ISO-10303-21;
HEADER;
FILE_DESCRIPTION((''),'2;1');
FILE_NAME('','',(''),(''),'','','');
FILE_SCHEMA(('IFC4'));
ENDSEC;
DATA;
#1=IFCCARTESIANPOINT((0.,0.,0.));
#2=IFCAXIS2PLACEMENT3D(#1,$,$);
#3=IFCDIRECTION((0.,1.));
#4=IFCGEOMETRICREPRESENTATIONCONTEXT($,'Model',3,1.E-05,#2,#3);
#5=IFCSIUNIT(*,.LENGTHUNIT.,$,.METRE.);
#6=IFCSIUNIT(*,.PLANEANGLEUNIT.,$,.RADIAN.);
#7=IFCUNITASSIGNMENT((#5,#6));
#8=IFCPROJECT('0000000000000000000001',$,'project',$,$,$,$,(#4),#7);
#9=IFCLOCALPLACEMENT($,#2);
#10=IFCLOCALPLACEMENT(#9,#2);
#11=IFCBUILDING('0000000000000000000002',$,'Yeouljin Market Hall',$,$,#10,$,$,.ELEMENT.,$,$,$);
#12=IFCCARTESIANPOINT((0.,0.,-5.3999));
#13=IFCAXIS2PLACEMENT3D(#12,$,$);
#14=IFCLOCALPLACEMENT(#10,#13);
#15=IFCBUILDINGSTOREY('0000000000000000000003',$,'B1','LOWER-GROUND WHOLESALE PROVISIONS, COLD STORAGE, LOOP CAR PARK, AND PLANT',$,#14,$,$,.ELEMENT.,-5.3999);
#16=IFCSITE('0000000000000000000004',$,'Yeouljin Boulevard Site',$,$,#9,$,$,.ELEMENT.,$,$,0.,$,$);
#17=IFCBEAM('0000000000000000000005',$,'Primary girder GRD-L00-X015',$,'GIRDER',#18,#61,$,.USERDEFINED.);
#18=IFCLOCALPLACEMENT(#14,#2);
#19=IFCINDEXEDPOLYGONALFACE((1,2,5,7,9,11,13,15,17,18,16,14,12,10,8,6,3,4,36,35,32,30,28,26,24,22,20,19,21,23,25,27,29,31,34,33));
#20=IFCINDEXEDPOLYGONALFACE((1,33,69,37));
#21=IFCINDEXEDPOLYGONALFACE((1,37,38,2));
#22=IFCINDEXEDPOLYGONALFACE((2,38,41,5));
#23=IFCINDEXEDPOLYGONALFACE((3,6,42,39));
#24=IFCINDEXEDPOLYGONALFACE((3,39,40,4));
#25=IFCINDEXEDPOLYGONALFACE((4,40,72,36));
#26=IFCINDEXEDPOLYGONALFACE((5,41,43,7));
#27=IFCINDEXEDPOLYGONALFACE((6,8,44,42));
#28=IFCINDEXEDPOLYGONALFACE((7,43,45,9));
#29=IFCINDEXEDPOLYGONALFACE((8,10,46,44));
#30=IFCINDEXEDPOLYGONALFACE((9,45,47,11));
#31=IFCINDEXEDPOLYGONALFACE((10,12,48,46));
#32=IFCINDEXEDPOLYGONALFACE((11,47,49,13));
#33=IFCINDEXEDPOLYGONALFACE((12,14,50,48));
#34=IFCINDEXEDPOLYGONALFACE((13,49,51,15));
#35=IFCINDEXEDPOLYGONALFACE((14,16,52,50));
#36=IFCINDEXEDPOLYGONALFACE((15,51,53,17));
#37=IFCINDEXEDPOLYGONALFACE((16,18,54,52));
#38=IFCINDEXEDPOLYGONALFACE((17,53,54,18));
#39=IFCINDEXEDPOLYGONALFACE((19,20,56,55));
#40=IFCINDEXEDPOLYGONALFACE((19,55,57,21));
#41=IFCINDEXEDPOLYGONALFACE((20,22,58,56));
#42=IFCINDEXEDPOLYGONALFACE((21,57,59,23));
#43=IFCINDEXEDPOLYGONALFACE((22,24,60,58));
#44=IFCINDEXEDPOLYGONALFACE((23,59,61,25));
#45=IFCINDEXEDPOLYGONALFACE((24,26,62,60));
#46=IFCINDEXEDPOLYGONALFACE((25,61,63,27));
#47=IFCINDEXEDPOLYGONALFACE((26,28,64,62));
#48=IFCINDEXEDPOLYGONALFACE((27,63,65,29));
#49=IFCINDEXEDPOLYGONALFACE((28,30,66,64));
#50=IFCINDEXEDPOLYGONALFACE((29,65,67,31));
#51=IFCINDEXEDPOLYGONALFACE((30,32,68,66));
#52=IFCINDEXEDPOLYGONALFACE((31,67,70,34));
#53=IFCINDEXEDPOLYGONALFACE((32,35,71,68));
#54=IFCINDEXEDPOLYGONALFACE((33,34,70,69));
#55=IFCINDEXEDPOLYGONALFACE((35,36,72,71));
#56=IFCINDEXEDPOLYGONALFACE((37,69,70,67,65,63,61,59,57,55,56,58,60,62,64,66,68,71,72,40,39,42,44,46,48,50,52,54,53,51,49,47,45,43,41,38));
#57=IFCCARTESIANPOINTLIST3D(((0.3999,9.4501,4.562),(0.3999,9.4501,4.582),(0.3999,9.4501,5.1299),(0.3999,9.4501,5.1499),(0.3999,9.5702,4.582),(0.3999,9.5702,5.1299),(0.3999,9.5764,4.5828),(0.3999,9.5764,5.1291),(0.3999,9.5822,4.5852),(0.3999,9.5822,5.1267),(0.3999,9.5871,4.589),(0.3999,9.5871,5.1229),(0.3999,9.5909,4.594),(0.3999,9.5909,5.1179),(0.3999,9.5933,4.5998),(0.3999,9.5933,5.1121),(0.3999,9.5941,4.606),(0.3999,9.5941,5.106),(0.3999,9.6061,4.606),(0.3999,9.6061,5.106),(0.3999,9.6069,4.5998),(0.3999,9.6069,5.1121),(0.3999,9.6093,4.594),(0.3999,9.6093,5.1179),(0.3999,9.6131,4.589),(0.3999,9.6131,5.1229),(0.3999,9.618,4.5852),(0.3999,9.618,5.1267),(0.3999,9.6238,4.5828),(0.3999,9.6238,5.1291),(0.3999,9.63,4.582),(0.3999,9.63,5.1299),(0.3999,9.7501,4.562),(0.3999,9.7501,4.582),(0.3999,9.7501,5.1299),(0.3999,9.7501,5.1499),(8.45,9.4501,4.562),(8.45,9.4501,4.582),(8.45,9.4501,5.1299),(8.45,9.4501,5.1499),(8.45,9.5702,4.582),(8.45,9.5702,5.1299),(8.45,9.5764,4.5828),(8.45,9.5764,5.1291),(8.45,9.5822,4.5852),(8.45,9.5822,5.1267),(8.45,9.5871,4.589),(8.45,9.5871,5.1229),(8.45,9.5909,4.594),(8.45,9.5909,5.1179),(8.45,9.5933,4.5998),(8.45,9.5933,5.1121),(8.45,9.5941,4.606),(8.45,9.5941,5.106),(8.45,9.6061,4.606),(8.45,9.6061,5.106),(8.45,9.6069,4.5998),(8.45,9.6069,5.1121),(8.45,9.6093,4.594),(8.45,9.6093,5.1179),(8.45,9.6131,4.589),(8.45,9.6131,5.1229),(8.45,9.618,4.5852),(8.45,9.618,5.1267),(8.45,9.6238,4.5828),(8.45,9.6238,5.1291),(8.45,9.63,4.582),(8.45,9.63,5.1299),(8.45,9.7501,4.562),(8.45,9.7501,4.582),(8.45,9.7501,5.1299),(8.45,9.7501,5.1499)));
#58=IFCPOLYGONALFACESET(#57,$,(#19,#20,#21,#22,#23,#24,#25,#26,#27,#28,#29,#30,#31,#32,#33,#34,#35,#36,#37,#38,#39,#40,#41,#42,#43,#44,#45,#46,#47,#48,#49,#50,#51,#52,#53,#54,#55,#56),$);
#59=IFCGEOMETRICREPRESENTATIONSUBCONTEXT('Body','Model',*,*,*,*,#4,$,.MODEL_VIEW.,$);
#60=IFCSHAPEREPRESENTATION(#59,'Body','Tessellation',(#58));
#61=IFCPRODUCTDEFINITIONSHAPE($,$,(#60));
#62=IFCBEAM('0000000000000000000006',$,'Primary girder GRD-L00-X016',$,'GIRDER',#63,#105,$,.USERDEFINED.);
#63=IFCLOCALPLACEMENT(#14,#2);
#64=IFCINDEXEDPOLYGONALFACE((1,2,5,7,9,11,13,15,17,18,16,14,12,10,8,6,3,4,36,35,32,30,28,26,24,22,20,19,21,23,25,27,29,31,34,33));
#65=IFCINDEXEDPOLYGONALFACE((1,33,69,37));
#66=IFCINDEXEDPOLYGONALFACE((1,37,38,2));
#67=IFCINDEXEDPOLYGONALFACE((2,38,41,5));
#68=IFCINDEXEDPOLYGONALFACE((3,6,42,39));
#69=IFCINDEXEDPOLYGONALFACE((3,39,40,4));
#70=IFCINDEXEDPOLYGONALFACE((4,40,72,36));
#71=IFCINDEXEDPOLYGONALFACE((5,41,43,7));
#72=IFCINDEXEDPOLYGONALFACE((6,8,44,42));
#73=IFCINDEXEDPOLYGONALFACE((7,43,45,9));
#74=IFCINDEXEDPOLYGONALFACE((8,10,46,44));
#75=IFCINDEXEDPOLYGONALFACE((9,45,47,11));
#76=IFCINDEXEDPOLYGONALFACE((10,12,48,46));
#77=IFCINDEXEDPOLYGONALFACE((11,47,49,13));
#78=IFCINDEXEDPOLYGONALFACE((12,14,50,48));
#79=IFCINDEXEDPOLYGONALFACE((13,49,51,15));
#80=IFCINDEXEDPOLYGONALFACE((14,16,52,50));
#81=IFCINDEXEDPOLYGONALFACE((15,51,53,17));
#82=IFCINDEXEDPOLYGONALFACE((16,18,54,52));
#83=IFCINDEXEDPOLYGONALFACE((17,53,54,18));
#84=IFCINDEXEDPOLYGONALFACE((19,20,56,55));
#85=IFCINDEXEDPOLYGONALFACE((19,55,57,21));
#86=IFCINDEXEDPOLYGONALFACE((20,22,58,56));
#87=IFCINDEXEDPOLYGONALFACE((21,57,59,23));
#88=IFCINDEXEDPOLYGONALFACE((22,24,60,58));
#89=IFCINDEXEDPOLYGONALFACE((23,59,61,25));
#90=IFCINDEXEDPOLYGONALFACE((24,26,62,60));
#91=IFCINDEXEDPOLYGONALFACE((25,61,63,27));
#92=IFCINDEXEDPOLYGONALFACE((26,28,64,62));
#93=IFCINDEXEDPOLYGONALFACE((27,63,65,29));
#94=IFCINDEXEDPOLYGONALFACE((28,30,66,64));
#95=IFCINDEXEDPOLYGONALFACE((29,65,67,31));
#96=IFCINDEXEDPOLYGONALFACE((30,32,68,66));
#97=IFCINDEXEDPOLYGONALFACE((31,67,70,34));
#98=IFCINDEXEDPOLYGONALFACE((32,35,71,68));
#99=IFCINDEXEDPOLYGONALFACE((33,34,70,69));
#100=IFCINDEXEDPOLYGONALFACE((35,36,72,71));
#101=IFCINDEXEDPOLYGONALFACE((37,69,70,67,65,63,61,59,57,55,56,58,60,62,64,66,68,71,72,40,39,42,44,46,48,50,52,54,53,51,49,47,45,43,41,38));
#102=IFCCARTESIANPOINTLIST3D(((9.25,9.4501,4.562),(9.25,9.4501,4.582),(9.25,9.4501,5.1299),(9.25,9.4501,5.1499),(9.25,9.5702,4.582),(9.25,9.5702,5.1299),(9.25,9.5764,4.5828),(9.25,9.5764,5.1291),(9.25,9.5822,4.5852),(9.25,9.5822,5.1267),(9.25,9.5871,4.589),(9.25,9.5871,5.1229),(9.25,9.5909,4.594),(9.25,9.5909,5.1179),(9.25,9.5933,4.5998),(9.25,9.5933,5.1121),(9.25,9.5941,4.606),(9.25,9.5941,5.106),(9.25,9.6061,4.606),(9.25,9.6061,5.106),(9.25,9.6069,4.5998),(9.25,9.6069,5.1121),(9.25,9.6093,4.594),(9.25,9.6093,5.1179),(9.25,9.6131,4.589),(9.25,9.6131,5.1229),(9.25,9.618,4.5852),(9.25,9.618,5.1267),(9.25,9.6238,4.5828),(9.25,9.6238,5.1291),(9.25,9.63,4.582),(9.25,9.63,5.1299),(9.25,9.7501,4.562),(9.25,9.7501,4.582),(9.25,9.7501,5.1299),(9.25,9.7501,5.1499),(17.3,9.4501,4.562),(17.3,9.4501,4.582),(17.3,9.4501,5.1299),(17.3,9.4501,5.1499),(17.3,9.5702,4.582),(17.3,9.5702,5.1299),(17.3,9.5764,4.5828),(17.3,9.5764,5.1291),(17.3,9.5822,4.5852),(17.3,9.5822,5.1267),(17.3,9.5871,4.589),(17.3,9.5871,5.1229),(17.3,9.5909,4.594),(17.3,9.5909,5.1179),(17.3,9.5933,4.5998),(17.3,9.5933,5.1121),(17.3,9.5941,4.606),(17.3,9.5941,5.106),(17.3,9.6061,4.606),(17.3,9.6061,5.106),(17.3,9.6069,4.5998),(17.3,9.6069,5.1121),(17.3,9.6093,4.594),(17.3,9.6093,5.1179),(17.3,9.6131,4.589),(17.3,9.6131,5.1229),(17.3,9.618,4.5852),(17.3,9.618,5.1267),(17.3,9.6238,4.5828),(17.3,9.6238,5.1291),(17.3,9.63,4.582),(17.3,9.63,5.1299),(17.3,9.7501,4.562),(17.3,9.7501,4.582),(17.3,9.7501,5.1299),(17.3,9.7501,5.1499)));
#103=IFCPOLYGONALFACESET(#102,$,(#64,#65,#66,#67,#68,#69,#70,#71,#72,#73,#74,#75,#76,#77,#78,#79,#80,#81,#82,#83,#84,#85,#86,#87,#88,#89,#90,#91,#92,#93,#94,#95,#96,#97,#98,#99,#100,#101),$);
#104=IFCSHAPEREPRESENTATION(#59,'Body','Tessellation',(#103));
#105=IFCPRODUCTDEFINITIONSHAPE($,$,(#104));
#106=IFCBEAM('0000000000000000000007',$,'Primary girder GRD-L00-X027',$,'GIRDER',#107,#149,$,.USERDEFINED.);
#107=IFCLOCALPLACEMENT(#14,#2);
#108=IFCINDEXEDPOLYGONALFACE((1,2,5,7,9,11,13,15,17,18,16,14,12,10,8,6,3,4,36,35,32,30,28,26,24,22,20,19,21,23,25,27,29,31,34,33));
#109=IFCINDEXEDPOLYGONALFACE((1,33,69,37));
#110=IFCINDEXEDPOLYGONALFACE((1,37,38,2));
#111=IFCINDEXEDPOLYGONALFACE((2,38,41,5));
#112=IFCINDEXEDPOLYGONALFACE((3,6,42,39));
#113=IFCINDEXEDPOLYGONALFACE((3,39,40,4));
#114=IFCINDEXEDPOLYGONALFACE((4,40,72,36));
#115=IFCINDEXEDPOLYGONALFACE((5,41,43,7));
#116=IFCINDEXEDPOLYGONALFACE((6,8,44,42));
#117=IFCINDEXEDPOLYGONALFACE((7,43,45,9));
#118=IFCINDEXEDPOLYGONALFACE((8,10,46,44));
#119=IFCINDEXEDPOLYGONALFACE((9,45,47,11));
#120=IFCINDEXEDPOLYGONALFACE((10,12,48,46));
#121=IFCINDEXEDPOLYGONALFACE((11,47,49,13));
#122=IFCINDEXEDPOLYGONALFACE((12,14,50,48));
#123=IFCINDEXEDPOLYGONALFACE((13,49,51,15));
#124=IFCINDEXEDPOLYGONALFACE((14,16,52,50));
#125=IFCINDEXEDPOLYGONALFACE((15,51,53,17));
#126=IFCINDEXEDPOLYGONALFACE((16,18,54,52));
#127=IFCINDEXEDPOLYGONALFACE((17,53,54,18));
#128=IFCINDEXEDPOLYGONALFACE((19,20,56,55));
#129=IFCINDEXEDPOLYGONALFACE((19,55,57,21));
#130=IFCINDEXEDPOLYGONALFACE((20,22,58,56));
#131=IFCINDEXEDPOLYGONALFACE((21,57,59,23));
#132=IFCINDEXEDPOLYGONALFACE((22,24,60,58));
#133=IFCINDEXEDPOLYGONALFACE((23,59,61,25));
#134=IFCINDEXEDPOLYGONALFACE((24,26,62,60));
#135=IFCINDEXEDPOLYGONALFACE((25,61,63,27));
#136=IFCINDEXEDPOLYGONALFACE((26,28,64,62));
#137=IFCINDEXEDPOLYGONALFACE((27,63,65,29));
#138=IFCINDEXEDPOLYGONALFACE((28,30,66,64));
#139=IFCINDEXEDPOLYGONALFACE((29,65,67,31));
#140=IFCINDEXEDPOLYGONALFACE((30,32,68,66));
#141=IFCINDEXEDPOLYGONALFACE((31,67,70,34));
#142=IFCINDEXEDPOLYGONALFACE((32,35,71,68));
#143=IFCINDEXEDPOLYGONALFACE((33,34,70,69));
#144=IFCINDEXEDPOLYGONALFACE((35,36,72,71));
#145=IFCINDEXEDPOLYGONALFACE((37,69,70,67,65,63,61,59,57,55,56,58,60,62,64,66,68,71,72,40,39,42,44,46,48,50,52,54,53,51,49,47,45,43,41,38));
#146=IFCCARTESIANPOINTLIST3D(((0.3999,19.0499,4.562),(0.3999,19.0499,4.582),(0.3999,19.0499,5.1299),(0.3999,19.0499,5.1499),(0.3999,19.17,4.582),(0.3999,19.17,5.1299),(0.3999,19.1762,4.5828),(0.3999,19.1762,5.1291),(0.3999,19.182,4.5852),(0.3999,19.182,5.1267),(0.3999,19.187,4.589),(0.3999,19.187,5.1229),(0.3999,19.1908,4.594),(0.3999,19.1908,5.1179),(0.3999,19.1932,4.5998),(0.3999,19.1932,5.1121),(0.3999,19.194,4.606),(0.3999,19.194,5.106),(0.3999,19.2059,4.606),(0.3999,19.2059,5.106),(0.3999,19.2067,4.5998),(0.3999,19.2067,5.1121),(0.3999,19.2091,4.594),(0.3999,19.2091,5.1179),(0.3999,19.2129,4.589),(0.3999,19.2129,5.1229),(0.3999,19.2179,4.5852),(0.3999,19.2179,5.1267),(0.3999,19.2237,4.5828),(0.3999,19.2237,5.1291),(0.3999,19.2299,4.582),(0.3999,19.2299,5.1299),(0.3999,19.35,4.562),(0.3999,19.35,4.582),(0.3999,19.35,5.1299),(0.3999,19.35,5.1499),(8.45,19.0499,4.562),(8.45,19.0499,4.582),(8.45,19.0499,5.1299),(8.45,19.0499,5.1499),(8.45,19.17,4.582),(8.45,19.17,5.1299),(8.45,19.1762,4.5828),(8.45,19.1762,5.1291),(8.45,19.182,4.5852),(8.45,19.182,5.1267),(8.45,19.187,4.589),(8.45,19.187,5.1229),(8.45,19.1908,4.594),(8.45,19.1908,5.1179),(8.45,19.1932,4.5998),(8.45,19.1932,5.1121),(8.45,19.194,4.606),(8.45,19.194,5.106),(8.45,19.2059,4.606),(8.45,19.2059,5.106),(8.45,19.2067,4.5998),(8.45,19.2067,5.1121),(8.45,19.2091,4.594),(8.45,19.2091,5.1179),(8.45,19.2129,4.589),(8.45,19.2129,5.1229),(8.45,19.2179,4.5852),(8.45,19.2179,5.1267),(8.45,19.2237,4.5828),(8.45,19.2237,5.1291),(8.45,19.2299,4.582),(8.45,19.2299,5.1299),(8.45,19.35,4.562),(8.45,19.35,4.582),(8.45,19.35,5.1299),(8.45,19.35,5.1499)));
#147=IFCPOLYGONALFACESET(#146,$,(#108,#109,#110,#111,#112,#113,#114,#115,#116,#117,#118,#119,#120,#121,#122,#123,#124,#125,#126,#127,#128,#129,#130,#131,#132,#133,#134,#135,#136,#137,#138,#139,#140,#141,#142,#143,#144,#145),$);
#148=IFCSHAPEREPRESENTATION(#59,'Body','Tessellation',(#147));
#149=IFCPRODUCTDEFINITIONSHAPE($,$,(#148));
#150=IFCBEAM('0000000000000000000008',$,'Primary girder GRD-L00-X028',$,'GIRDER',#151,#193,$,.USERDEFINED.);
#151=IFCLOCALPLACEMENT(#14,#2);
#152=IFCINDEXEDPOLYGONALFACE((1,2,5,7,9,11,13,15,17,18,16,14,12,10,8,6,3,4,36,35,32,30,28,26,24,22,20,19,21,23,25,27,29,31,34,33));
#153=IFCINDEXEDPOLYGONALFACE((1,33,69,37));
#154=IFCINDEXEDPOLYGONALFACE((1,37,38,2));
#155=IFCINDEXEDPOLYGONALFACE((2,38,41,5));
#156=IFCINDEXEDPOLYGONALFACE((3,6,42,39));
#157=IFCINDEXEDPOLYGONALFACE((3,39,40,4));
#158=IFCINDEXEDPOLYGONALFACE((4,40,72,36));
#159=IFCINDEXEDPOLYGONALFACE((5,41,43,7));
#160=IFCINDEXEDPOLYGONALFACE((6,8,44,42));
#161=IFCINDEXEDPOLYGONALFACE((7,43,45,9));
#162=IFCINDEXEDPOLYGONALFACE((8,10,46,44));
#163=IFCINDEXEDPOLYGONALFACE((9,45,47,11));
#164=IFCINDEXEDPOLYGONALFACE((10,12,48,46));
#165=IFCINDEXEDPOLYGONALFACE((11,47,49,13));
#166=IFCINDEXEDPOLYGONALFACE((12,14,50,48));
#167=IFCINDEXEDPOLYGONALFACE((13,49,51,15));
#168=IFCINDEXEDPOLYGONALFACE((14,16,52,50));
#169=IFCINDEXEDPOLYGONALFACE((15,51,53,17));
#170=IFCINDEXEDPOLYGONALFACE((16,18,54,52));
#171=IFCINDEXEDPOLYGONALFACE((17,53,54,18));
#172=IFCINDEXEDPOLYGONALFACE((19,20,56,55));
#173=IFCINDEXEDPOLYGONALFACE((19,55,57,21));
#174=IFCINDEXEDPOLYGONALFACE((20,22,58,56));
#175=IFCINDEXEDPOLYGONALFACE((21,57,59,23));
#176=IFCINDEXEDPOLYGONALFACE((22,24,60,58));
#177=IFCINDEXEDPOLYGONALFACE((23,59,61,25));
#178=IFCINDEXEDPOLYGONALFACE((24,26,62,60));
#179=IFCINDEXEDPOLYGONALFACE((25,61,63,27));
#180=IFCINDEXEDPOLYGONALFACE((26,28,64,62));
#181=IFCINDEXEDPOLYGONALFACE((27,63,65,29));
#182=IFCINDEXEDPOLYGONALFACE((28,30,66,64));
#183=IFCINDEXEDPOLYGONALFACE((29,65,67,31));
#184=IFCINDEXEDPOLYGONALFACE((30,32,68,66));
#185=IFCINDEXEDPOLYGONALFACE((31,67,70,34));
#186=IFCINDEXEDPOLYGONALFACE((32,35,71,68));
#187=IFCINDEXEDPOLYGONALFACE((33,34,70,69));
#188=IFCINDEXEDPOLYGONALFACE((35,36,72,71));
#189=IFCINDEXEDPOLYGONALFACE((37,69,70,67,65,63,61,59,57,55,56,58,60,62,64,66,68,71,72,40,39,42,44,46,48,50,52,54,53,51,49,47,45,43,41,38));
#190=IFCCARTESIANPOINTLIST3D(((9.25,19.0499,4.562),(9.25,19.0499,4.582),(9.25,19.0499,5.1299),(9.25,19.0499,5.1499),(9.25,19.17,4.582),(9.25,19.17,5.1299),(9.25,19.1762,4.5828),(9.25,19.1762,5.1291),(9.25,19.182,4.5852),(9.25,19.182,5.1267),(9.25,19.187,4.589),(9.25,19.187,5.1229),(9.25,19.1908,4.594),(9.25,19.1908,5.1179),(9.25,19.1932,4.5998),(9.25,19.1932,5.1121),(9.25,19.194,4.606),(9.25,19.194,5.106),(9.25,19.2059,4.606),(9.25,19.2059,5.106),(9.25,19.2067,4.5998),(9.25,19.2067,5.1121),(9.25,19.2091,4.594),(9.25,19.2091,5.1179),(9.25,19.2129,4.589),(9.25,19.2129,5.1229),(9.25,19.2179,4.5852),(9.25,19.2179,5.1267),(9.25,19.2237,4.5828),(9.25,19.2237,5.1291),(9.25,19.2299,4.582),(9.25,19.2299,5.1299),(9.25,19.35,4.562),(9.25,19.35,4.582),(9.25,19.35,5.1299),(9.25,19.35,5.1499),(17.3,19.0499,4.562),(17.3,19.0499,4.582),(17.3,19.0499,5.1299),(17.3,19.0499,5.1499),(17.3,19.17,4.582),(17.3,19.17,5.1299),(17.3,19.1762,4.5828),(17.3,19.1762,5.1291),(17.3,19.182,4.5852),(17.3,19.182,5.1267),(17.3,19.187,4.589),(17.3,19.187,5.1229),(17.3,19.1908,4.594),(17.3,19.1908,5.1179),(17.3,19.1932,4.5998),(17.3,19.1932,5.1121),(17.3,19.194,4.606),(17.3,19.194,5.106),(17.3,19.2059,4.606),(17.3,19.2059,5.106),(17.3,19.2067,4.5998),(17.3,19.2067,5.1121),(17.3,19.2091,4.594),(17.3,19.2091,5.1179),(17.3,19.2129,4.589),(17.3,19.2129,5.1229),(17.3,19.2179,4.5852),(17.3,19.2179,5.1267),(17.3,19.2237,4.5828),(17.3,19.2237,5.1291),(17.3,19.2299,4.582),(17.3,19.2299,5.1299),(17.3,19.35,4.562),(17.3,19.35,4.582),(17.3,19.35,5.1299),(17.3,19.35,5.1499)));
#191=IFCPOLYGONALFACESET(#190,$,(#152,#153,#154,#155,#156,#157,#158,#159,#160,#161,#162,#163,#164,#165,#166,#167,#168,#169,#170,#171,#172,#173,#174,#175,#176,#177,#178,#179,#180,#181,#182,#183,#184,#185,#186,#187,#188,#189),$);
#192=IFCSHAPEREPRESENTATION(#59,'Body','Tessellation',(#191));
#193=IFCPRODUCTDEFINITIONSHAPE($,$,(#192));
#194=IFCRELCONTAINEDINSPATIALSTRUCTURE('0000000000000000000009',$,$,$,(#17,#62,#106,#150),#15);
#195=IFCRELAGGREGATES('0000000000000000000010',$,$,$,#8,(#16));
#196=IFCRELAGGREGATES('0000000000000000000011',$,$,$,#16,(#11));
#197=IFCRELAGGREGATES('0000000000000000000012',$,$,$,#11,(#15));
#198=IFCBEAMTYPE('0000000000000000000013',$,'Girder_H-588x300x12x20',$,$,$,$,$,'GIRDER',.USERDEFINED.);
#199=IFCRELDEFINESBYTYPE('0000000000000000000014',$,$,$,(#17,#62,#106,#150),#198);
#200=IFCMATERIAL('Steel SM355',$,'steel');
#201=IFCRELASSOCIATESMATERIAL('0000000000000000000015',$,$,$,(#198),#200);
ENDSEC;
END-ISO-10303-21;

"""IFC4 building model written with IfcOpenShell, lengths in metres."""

from ifc_helpers import new_model, si_unit, direction, frame, origin, origin_2d, place, context, subcontext, project, spatial, i_section, extrude, material, material_profile, profile_set, type_object, element, save


model = new_model("IFC4")

# Units and contexts
model_context = context("Model", 3, precision=1e-05, world=origin(), true_north=direction((0.0, 1.0)))
body_context = subcontext(model_context, "Body", "Model", "MODEL_VIEW")
ifc_project = project(units=[si_unit("LENGTHUNIT", "METRE"), si_unit("PLANEANGLEUNIT", "RADIAN")], contexts=[model_context])

# Site, building, storey
site_placement = place(None, origin())
site = spatial("IfcSite", under=ifc_project, at=site_placement, Name="Yeouljin Boulevard Site", CompositionType="ELEMENT", RefElevation=0.0)
building_placement = place(site_placement, origin())
building = spatial("IfcBuilding", under=site, at=building_placement, Name="Yeouljin Market Hall", CompositionType="ELEMENT")
storey_placement = place(building_placement, frame((0.0, 0.0, -5.3999)))
storey = spatial("IfcBuildingStorey", under=building, at=storey_placement, Name="B1", Description="LOWER-GROUND WHOLESALE PROVISIONS, COLD STORAGE, LOOP CAR PARK, AND PLANT", CompositionType="ELEMENT", Elevation=-5.3999)

# Beams
ifc_material_1 = material(Name="Steel SM355", Category="steel")
ifc_material_profile_1 = material_profile(ifc_material_1, i_section(OverallWidth=0.3, OverallDepth=0.5879, WebThickness=0.012, FlangeThickness=0.02, FilletRadius=0.0239, at=origin_2d()), Name="H-588x300x12x20")
ifc_profile_set_1 = profile_set([ifc_material_profile_1], Name="Steel SM355")
beam_type_1 = type_object("IfcBeamType", Name="Girder_H-588x300x12x20", ElementType="GIRDER", PredefinedType="USERDEFINED", material=ifc_profile_set_1)
for number, where, z_axis, x_axis, name in (
    (1, (0.3999, 9.6001, 4.856), (1.0, 0.0, 0.0), (0.0, 1.0, 0.0), "Primary girder GRD-L00-X015"),
    (2, (9.25, 9.6001, 4.856), (1.0, 0.0, 0.0), (0.0, 1.0, 0.0), "Primary girder GRD-L00-X016"),
    (3, (0.3999, 19.2, 4.856), (1.0, 0.0, 0.0), (0.0, 1.0, 0.0), "Primary girder GRD-L00-X027"),
    (4, (9.25, 19.2, 4.856), (1.0, 0.0, 0.0), (0.0, 1.0, 0.0), "Primary girder GRD-L00-X028"),
):
    element("IfcBeam", number, at=place(storey_placement, frame(where, z_axis=z_axis, x_axis=x_axis)), inside=storey, type_object=beam_type_1, Name=name, ObjectType="GIRDER", PredefinedType="USERDEFINED", context=body_context, shape_type="SweptSolid", body=[
        extrude(i_section(OverallWidth=0.3, OverallDepth=0.5879, WebThickness=0.012, FlangeThickness=0.02, FilletRadius=0.0239, at=origin_2d()), origin(), (0.0, 0.0, 1.0), 8.05),
    ])

save(model, "model.ifc")
